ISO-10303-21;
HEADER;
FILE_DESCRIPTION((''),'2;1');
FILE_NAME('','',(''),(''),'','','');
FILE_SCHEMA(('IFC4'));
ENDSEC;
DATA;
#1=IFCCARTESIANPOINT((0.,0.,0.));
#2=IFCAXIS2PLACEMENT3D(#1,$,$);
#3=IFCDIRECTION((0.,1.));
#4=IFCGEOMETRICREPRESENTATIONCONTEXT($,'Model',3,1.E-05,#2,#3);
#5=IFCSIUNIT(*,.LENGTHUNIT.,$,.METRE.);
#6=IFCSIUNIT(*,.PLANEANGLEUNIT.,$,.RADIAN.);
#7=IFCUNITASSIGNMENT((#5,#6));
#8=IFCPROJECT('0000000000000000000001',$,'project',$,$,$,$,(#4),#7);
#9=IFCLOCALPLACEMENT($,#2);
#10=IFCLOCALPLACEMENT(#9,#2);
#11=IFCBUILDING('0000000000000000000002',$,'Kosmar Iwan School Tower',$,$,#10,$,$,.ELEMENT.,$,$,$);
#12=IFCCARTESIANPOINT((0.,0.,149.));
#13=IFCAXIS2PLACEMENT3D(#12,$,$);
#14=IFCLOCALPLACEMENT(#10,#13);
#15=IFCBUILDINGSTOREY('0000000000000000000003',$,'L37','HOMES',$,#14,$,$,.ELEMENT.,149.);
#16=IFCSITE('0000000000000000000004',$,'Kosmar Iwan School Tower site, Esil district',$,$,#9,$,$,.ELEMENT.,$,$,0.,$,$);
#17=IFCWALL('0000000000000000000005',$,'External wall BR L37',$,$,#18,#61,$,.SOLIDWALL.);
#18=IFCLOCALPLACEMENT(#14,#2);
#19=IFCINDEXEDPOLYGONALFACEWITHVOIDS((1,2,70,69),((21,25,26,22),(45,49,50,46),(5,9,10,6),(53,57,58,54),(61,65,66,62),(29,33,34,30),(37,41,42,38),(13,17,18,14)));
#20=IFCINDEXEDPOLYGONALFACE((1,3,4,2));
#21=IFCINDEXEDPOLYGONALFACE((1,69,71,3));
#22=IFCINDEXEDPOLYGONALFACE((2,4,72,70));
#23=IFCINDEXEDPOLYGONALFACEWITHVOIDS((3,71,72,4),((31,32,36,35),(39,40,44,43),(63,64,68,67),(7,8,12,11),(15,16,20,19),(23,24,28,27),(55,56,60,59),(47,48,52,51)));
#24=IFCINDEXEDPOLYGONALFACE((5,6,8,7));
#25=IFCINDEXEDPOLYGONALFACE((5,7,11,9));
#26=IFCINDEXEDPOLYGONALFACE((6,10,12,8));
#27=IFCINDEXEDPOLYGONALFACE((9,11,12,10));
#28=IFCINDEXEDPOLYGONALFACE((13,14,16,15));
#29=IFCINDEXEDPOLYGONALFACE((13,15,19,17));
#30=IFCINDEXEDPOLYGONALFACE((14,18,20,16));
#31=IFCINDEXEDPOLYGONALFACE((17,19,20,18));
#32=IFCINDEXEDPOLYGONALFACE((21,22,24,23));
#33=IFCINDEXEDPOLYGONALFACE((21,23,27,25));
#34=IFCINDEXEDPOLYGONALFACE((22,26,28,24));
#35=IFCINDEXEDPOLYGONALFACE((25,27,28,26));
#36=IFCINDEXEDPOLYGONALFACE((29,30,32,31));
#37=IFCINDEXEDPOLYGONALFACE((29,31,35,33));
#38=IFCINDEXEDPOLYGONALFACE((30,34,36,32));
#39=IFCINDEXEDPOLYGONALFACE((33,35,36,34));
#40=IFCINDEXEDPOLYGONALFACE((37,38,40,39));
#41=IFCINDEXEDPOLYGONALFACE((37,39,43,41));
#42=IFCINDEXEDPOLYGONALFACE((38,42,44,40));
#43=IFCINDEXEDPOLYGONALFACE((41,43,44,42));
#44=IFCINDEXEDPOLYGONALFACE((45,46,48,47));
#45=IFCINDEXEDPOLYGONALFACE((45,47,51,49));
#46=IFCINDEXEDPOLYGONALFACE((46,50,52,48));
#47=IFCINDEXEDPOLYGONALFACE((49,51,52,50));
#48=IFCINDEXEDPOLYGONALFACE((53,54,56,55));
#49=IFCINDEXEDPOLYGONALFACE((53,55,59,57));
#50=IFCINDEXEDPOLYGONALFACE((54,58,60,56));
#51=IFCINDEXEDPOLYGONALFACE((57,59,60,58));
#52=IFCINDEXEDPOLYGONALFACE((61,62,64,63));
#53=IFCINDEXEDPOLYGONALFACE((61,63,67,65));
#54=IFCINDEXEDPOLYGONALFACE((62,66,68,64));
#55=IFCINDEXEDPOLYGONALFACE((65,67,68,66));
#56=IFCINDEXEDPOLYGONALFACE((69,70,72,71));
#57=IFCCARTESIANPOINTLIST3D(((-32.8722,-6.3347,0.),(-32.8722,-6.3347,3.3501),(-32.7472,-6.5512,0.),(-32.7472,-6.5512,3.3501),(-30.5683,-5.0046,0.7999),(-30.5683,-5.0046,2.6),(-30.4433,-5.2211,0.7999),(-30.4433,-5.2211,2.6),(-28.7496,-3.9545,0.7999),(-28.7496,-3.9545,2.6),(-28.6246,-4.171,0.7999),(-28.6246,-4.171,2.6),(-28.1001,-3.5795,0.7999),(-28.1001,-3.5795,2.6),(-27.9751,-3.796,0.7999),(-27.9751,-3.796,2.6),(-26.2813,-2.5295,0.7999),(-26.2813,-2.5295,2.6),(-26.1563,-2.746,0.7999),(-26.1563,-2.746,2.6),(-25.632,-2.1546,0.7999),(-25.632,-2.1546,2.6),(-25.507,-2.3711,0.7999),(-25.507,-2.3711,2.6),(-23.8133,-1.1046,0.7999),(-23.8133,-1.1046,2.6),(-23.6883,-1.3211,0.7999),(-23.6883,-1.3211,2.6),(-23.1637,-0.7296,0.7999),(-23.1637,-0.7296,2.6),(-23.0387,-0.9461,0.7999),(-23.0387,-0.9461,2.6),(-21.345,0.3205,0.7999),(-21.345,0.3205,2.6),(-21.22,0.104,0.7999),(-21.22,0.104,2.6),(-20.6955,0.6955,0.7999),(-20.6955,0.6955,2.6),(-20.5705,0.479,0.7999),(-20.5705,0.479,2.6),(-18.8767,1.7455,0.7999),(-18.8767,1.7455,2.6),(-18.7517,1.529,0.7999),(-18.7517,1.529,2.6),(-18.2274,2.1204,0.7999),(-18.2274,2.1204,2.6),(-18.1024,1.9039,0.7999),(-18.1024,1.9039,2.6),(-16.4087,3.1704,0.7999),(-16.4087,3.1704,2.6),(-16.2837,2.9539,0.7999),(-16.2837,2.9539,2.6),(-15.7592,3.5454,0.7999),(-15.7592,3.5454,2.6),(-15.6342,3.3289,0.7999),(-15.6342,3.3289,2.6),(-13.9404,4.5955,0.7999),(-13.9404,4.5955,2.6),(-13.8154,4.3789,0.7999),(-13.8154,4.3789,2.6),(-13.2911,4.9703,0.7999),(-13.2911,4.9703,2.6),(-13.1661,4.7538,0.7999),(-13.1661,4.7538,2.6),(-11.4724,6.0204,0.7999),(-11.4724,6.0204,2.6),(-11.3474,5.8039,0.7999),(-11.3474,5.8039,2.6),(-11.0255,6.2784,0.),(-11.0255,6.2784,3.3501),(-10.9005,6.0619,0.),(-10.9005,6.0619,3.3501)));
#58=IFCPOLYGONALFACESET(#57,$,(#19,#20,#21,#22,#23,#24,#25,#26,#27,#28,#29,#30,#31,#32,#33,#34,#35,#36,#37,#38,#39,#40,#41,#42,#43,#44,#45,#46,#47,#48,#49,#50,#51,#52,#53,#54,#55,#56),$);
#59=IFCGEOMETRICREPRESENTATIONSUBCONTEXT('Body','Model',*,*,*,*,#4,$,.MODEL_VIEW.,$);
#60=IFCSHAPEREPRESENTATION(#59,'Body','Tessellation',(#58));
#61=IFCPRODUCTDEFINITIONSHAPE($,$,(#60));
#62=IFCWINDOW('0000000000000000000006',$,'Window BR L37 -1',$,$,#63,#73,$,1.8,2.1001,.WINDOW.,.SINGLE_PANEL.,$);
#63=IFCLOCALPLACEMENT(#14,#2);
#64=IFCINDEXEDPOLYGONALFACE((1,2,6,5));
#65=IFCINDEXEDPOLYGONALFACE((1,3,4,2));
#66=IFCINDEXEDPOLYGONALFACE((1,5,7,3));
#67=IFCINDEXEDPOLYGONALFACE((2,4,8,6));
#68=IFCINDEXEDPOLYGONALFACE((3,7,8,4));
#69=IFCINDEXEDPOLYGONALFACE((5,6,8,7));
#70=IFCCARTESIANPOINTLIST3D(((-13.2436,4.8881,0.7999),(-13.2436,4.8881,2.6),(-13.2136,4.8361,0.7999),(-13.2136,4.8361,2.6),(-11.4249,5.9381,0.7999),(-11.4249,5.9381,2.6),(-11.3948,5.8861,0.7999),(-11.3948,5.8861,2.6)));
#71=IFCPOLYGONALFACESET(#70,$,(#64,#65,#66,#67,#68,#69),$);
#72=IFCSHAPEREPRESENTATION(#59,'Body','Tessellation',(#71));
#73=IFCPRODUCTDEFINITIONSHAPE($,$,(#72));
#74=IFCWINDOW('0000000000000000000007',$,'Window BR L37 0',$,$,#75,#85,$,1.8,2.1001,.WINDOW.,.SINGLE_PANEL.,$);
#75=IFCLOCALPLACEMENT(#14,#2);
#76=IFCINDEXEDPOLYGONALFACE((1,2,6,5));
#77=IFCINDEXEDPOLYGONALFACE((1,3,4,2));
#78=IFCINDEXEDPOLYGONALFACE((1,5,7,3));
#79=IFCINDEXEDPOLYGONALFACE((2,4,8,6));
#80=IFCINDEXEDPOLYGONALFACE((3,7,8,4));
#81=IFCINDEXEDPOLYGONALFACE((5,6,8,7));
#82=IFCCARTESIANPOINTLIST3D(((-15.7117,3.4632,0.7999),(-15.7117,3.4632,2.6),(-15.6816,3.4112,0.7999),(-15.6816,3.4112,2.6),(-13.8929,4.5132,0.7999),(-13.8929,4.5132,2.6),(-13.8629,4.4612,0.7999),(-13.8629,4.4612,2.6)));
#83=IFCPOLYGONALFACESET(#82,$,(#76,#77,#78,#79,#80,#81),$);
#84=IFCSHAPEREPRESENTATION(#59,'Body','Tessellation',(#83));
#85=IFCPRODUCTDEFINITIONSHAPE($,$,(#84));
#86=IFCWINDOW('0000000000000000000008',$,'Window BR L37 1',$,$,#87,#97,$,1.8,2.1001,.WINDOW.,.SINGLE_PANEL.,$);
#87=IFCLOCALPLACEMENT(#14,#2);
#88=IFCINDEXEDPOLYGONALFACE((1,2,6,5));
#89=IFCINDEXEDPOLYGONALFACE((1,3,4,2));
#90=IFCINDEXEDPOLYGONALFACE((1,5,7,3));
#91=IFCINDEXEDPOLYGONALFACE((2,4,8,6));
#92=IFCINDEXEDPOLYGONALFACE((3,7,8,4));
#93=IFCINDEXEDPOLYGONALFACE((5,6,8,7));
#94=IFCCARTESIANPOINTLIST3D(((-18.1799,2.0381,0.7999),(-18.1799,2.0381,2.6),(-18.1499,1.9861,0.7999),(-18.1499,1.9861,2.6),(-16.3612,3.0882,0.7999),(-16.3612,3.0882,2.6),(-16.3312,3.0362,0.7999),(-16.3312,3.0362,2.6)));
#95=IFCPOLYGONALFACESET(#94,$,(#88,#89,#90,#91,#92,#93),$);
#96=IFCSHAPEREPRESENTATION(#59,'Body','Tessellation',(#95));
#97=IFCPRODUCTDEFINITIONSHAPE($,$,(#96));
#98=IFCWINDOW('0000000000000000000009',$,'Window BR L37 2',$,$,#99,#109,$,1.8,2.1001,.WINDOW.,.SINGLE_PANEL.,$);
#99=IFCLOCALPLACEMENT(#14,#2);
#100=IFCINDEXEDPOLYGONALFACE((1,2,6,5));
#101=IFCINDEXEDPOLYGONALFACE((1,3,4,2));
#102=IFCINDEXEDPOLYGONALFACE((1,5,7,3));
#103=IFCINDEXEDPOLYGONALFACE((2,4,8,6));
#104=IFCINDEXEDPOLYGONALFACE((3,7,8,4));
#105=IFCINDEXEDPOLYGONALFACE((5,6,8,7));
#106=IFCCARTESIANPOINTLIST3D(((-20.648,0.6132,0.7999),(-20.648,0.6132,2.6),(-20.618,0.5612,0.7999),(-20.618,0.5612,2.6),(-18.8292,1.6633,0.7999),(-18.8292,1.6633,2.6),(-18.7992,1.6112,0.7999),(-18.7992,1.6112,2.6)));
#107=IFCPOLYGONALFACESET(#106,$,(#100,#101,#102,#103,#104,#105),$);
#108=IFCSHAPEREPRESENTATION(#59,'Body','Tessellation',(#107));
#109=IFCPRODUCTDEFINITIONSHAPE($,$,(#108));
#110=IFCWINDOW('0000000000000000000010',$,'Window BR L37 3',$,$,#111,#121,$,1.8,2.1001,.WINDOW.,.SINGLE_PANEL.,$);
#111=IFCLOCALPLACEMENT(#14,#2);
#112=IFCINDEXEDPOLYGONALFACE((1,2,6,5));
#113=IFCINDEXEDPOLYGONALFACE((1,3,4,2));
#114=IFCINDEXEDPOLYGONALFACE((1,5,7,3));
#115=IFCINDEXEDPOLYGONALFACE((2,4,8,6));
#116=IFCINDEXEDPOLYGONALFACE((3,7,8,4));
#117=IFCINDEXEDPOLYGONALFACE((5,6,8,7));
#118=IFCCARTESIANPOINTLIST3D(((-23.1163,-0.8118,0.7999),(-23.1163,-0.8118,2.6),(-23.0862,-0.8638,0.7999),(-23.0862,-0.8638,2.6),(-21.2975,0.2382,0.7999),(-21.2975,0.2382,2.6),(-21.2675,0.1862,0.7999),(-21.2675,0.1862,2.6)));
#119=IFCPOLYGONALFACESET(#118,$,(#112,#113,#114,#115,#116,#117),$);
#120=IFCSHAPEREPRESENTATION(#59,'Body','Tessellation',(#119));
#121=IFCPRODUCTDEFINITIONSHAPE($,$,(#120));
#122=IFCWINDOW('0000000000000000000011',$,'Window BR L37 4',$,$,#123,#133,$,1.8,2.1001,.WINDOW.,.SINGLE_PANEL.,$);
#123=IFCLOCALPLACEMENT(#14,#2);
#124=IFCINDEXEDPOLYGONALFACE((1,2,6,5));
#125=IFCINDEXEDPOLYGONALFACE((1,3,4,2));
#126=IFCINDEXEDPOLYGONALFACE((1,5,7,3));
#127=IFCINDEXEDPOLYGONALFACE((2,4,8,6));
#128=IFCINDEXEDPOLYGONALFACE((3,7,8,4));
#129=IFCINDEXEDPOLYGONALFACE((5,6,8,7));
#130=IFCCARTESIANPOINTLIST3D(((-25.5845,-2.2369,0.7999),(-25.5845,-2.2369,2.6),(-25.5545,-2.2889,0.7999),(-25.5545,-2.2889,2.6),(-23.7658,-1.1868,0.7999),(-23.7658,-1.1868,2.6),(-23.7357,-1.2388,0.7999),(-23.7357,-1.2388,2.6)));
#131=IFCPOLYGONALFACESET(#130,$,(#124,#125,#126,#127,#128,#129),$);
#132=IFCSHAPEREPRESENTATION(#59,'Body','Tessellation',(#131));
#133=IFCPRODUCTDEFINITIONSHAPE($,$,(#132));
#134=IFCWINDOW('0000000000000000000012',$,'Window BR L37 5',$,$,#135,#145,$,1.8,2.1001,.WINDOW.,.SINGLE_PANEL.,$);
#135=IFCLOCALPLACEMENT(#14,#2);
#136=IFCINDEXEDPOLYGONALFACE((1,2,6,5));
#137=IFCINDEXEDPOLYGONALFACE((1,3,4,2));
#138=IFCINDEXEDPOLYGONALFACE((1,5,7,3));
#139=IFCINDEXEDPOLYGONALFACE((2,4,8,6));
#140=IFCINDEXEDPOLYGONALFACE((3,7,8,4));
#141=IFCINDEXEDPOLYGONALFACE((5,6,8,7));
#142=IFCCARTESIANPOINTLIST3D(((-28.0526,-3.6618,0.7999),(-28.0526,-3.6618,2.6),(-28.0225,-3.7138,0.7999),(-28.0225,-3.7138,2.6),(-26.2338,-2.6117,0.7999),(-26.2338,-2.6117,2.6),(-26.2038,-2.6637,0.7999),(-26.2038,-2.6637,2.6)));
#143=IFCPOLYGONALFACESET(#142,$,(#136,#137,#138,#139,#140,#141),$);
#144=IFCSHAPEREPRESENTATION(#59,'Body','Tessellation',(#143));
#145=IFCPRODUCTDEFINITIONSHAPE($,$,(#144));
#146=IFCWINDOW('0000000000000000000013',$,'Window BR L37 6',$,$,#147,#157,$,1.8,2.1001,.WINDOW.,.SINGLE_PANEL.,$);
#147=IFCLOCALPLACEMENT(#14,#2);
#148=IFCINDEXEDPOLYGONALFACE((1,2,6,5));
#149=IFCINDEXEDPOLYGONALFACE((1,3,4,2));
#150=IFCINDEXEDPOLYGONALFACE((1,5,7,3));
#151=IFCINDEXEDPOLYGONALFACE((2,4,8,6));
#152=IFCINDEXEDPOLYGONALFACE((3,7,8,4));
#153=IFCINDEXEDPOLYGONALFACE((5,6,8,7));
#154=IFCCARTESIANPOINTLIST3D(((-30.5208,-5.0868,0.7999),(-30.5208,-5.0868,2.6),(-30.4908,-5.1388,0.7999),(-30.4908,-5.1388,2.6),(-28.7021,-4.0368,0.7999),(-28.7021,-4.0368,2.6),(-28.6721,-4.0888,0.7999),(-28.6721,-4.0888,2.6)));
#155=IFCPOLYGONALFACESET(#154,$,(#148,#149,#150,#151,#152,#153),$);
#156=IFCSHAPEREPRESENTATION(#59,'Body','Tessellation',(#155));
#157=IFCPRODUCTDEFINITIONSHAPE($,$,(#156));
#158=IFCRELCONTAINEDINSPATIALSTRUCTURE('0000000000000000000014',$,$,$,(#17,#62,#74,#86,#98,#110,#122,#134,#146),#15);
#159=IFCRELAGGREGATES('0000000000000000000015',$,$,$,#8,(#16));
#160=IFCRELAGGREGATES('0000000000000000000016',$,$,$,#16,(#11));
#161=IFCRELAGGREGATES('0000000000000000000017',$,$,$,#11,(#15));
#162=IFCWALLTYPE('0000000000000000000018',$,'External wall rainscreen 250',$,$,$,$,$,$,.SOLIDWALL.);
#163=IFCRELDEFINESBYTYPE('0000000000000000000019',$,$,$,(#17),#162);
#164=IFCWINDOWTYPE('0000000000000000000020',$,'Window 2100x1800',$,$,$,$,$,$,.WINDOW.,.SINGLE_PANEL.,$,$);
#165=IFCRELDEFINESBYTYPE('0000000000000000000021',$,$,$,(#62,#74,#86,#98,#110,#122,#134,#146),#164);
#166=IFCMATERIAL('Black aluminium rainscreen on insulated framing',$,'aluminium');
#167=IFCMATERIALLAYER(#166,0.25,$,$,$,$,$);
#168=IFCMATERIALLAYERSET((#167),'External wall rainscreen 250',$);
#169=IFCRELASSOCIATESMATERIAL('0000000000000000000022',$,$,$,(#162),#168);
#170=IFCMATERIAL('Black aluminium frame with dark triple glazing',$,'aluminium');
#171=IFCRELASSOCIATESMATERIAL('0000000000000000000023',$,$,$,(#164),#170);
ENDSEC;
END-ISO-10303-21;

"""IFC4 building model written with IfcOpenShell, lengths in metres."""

from ifc_helpers import new_model, si_unit, direction, frame, frame_2d, origin, place, context, subcontext, project, spatial, rectangle, extrude, material, layer, layer_set, type_object, element, fill, save


model = new_model("IFC4")

# Units and contexts
model_context = context("Model", 3, precision=1e-05, world=origin(), true_north=direction((0.0, 1.0)))
body_context = subcontext(model_context, "Body", "Model", "MODEL_VIEW")
ifc_project = project(units=[si_unit("LENGTHUNIT", "METRE"), si_unit("PLANEANGLEUNIT", "RADIAN")], contexts=[model_context])

# Site, building, storey
site_placement = place(None, origin())
site = spatial("IfcSite", under=ifc_project, at=site_placement, Name="Kosmar Iwan School Tower site, Esil district", CompositionType="ELEMENT", RefElevation=0.0)
building_placement = place(site_placement, origin())
building = spatial("IfcBuilding", under=site, at=building_placement, Name="Kosmar Iwan School Tower", CompositionType="ELEMENT")
storey_placement = place(building_placement, frame((0.0, 0.0, 149.0)))
storey = spatial("IfcBuildingStorey", under=building, at=storey_placement, Name="L37", Description="HOMES", CompositionType="ELEMENT", Elevation=149.0)

# Wall, openings, windows
ifc_material_1 = material(Name="Black aluminium rainscreen on insulated framing", Category="aluminium")
ifc_layer_1 = layer(ifc_material_1, 0.25)
ifc_layer_set_1 = layer_set([ifc_layer_1], Name="External wall rainscreen 250")
wall_type_1 = type_object("IfcWallType", Name="External wall rainscreen 250", PredefinedType="SOLIDWALL", material=ifc_layer_set_1)
ifc_material_2 = material(Name="Black aluminium frame with dark triple glazing", Category="aluminium")
window_type = type_object("IfcWindowType", Name="Window 2100x1800", PartitioningType="SINGLE_PANEL", PredefinedType="WINDOW", material=ifc_material_2)
wall_1_placement = place(storey_placement, frame((-10.9629, 6.1702, 0.0), z_axis=(0.0, 0.0, 1.0), x_axis=(-0.866028, -0.499996, 0.0)))
wall_1 = element("IfcWall", 1, at=wall_1_placement, inside=storey, type_object=wall_type_1, Name="External wall BR L37", PredefinedType="SOLIDWALL", context=body_context, shape_type="SweptSolid", body=[
    extrude(rectangle(XDim=25.2263, YDim=0.25, at=frame_2d((12.6133, 0.0))), origin(), (0.0, 0.0, 1.0), 3.3501),
])
opening_1_placement = place(wall_1_placement, frame((0.5161, 0.0, 0.8)))
opening_1 = element("IfcOpeningElement", 2, at=opening_1_placement, cuts=wall_1, PredefinedType="OPENING", context=body_context, shape_type="SweptSolid", body=[
    extrude(rectangle(XDim=2.1001, YDim=1.8, at=frame_2d((1.05, 0.8999))), frame((0.0, 0.137, 0.0), z_axis=(0.0, -1.0, 0.0), x_axis=(1.0, 0.0, 0.0)), (0.0, 0.0, 1.0), 0.2739),
])
opening_2_placement = place(wall_1_placement, frame((3.366, 0.0, 0.8)))
opening_2 = element("IfcOpeningElement", 3, at=opening_2_placement, cuts=wall_1, PredefinedType="OPENING", context=body_context, shape_type="SweptSolid", body=[
    extrude(rectangle(XDim=2.1001, YDim=1.8, at=frame_2d((1.05, 0.8999))), frame((0.0, 0.137, 0.0), z_axis=(0.0, -1.0, 0.0), x_axis=(1.0, 0.0, 0.0)), (0.0, 0.0, 1.0), 0.2739),
])
opening_3_placement = place(wall_1_placement, frame((6.2161, 0.0, 0.8)))
opening_3 = element("IfcOpeningElement", 4, at=opening_3_placement, cuts=wall_1, PredefinedType="OPENING", context=body_context, shape_type="SweptSolid", body=[
    extrude(rectangle(XDim=2.1001, YDim=1.8, at=frame_2d((1.05, 0.8999))), frame((0.0, 0.137, 0.0), z_axis=(0.0, -1.0, 0.0), x_axis=(1.0, 0.0, 0.0)), (0.0, 0.0, 1.0), 0.2739),
])
opening_4_placement = place(wall_1_placement, frame((9.0659, 0.0, 0.8)))
opening_4 = element("IfcOpeningElement", 5, at=opening_4_placement, cuts=wall_1, PredefinedType="OPENING", context=body_context, shape_type="SweptSolid", body=[
    extrude(rectangle(XDim=2.1001, YDim=1.8, at=frame_2d((1.05, 0.8999))), frame((0.0, 0.137, 0.0), z_axis=(0.0, -1.0, 0.0), x_axis=(1.0, 0.0, 0.0)), (0.0, 0.0, 1.0), 0.2739),
])
opening_5_placement = place(wall_1_placement, frame((11.916, 0.0, 0.8)))
opening_5 = element("IfcOpeningElement", 6, at=opening_5_placement, cuts=wall_1, PredefinedType="OPENING", context=body_context, shape_type="SweptSolid", body=[
    extrude(rectangle(XDim=2.1001, YDim=1.8, at=frame_2d((1.05, 0.8999))), frame((0.0, 0.137, 0.0), z_axis=(0.0, -1.0, 0.0), x_axis=(1.0, 0.0, 0.0)), (0.0, 0.0, 1.0), 0.2739),
])
opening_6_placement = place(wall_1_placement, frame((14.7661, 0.0, 0.8)))
opening_6 = element("IfcOpeningElement", 7, at=opening_6_placement, cuts=wall_1, PredefinedType="OPENING", context=body_context, shape_type="SweptSolid", body=[
    extrude(rectangle(XDim=2.1001, YDim=1.8, at=frame_2d((1.05, 0.8999))), frame((0.0, 0.137, 0.0), z_axis=(0.0, -1.0, 0.0), x_axis=(1.0, 0.0, 0.0)), (0.0, 0.0, 1.0), 0.2739),
])
opening_7_placement = place(wall_1_placement, frame((17.616, 0.0, 0.8)))
opening_7 = element("IfcOpeningElement", 8, at=opening_7_placement, cuts=wall_1, PredefinedType="OPENING", context=body_context, shape_type="SweptSolid", body=[
    extrude(rectangle(XDim=2.1001, YDim=1.8, at=frame_2d((1.05, 0.8999))), frame((0.0, 0.137, 0.0), z_axis=(0.0, -1.0, 0.0), x_axis=(1.0, 0.0, 0.0)), (0.0, 0.0, 1.0), 0.2739),
])
opening_8_placement = place(wall_1_placement, frame((20.4661, 0.0, 0.8)))
opening_8 = element("IfcOpeningElement", 9, at=opening_8_placement, cuts=wall_1, PredefinedType="OPENING", context=body_context, shape_type="SweptSolid", body=[
    extrude(rectangle(XDim=2.1001, YDim=1.8, at=frame_2d((1.05, 0.8999))), frame((0.0, 0.137, 0.0), z_axis=(0.0, -1.0, 0.0), x_axis=(1.0, 0.0, 0.0)), (0.0, 0.0, 1.0), 0.2739),
])
window_1_placement = place(opening_1_placement, origin())
window_1 = element("IfcWindow", 10, at=window_1_placement, inside=storey, type_object=window_type, Name="Window BR L37 -1", OverallHeight=1.8, OverallWidth=2.1001, PartitioningType="SINGLE_PANEL", PredefinedType="WINDOW", context=body_context, shape_type="SweptSolid", body=[
    extrude(rectangle(XDim=2.1001, YDim=1.8, at=frame_2d((1.05, 0.8999))), frame((0.0, 0.03, 0.0), z_axis=(0.0, -1.0, 0.0), x_axis=(1.0, 0.0, 0.0)), (0.0, 0.0, 1.0), 0.0601),
])
fill(opening_1, window_1)
window_2_placement = place(opening_2_placement, origin())
window_2 = element("IfcWindow", 11, at=window_2_placement, inside=storey, type_object=window_type, Name="Window BR L37 0", OverallHeight=1.8, OverallWidth=2.1001, PartitioningType="SINGLE_PANEL", PredefinedType="WINDOW", context=body_context, shape_type="SweptSolid", body=[
    extrude(rectangle(XDim=2.1001, YDim=1.8, at=frame_2d((1.05, 0.8999))), frame((0.0, 0.03, 0.0), z_axis=(0.0, -1.0, 0.0), x_axis=(1.0, 0.0, 0.0)), (0.0, 0.0, 1.0), 0.0601),
])
fill(opening_2, window_2)
window_3_placement = place(opening_3_placement, origin())
window_3 = element("IfcWindow", 12, at=window_3_placement, inside=storey, type_object=window_type, Name="Window BR L37 1", OverallHeight=1.8, OverallWidth=2.1001, PartitioningType="SINGLE_PANEL", PredefinedType="WINDOW", context=body_context, shape_type="SweptSolid", body=[
    extrude(rectangle(XDim=2.1001, YDim=1.8, at=frame_2d((1.05, 0.8999))), frame((0.0, 0.03, 0.0), z_axis=(0.0, -1.0, 0.0), x_axis=(1.0, 0.0, 0.0)), (0.0, 0.0, 1.0), 0.0601),
])
fill(opening_3, window_3)
window_4_placement = place(opening_4_placement, origin())
window_4 = element("IfcWindow", 13, at=window_4_placement, inside=storey, type_object=window_type, Name="Window BR L37 2", OverallHeight=1.8, OverallWidth=2.1001, PartitioningType="SINGLE_PANEL", PredefinedType="WINDOW", context=body_context, shape_type="SweptSolid", body=[
    extrude(rectangle(XDim=2.1001, YDim=1.8, at=frame_2d((1.05, 0.8999))), frame((0.0, 0.03, 0.0), z_axis=(0.0, -1.0, 0.0), x_axis=(1.0, 0.0, 0.0)), (0.0, 0.0, 1.0), 0.0601),
])
fill(opening_4, window_4)
window_5_placement = place(opening_5_placement, origin())
window_5 = element("IfcWindow", 14, at=window_5_placement, inside=storey, type_object=window_type, Name="Window BR L37 3", OverallHeight=1.8, OverallWidth=2.1001, PartitioningType="SINGLE_PANEL", PredefinedType="WINDOW", context=body_context, shape_type="SweptSolid", body=[
    extrude(rectangle(XDim=2.1001, YDim=1.8, at=frame_2d((1.05, 0.8999))), frame((0.0, 0.03, 0.0), z_axis=(0.0, -1.0, 0.0), x_axis=(1.0, 0.0, 0.0)), (0.0, 0.0, 1.0), 0.0601),
])
fill(opening_5, window_5)
window_6_placement = place(opening_6_placement, origin())
window_6 = element("IfcWindow", 15, at=window_6_placement, inside=storey, type_object=window_type, Name="Window BR L37 4", OverallHeight=1.8, OverallWidth=2.1001, PartitioningType="SINGLE_PANEL", PredefinedType="WINDOW", context=body_context, shape_type="SweptSolid", body=[
    extrude(rectangle(XDim=2.1001, YDim=1.8, at=frame_2d((1.05, 0.8999))), frame((0.0, 0.03, 0.0), z_axis=(0.0, -1.0, 0.0), x_axis=(1.0, 0.0, 0.0)), (0.0, 0.0, 1.0), 0.0601),
])
fill(opening_6, window_6)
window_7_placement = place(opening_7_placement, origin())
window_7 = element("IfcWindow", 16, at=window_7_placement, inside=storey, type_object=window_type, Name="Window BR L37 5", OverallHeight=1.8, OverallWidth=2.1001, PartitioningType="SINGLE_PANEL", PredefinedType="WINDOW", context=body_context, shape_type="SweptSolid", body=[
    extrude(rectangle(XDim=2.1001, YDim=1.8, at=frame_2d((1.05, 0.8999))), frame((0.0, 0.03, 0.0), z_axis=(0.0, -1.0, 0.0), x_axis=(1.0, 0.0, 0.0)), (0.0, 0.0, 1.0), 0.0601),
])
fill(opening_7, window_7)
window_8_placement = place(opening_8_placement, origin())
window_8 = element("IfcWindow", 17, at=window_8_placement, inside=storey, type_object=window_type, Name="Window BR L37 6", OverallHeight=1.8, OverallWidth=2.1001, PartitioningType="SINGLE_PANEL", PredefinedType="WINDOW", context=body_context, shape_type="SweptSolid", body=[
    extrude(rectangle(XDim=2.1001, YDim=1.8, at=frame_2d((1.05, 0.8999))), frame((0.0, 0.03, 0.0), z_axis=(0.0, -1.0, 0.0), x_axis=(1.0, 0.0, 0.0)), (0.0, 0.0, 1.0), 0.0601),
])
fill(opening_8, window_8)

save(model, "model.ifc")
